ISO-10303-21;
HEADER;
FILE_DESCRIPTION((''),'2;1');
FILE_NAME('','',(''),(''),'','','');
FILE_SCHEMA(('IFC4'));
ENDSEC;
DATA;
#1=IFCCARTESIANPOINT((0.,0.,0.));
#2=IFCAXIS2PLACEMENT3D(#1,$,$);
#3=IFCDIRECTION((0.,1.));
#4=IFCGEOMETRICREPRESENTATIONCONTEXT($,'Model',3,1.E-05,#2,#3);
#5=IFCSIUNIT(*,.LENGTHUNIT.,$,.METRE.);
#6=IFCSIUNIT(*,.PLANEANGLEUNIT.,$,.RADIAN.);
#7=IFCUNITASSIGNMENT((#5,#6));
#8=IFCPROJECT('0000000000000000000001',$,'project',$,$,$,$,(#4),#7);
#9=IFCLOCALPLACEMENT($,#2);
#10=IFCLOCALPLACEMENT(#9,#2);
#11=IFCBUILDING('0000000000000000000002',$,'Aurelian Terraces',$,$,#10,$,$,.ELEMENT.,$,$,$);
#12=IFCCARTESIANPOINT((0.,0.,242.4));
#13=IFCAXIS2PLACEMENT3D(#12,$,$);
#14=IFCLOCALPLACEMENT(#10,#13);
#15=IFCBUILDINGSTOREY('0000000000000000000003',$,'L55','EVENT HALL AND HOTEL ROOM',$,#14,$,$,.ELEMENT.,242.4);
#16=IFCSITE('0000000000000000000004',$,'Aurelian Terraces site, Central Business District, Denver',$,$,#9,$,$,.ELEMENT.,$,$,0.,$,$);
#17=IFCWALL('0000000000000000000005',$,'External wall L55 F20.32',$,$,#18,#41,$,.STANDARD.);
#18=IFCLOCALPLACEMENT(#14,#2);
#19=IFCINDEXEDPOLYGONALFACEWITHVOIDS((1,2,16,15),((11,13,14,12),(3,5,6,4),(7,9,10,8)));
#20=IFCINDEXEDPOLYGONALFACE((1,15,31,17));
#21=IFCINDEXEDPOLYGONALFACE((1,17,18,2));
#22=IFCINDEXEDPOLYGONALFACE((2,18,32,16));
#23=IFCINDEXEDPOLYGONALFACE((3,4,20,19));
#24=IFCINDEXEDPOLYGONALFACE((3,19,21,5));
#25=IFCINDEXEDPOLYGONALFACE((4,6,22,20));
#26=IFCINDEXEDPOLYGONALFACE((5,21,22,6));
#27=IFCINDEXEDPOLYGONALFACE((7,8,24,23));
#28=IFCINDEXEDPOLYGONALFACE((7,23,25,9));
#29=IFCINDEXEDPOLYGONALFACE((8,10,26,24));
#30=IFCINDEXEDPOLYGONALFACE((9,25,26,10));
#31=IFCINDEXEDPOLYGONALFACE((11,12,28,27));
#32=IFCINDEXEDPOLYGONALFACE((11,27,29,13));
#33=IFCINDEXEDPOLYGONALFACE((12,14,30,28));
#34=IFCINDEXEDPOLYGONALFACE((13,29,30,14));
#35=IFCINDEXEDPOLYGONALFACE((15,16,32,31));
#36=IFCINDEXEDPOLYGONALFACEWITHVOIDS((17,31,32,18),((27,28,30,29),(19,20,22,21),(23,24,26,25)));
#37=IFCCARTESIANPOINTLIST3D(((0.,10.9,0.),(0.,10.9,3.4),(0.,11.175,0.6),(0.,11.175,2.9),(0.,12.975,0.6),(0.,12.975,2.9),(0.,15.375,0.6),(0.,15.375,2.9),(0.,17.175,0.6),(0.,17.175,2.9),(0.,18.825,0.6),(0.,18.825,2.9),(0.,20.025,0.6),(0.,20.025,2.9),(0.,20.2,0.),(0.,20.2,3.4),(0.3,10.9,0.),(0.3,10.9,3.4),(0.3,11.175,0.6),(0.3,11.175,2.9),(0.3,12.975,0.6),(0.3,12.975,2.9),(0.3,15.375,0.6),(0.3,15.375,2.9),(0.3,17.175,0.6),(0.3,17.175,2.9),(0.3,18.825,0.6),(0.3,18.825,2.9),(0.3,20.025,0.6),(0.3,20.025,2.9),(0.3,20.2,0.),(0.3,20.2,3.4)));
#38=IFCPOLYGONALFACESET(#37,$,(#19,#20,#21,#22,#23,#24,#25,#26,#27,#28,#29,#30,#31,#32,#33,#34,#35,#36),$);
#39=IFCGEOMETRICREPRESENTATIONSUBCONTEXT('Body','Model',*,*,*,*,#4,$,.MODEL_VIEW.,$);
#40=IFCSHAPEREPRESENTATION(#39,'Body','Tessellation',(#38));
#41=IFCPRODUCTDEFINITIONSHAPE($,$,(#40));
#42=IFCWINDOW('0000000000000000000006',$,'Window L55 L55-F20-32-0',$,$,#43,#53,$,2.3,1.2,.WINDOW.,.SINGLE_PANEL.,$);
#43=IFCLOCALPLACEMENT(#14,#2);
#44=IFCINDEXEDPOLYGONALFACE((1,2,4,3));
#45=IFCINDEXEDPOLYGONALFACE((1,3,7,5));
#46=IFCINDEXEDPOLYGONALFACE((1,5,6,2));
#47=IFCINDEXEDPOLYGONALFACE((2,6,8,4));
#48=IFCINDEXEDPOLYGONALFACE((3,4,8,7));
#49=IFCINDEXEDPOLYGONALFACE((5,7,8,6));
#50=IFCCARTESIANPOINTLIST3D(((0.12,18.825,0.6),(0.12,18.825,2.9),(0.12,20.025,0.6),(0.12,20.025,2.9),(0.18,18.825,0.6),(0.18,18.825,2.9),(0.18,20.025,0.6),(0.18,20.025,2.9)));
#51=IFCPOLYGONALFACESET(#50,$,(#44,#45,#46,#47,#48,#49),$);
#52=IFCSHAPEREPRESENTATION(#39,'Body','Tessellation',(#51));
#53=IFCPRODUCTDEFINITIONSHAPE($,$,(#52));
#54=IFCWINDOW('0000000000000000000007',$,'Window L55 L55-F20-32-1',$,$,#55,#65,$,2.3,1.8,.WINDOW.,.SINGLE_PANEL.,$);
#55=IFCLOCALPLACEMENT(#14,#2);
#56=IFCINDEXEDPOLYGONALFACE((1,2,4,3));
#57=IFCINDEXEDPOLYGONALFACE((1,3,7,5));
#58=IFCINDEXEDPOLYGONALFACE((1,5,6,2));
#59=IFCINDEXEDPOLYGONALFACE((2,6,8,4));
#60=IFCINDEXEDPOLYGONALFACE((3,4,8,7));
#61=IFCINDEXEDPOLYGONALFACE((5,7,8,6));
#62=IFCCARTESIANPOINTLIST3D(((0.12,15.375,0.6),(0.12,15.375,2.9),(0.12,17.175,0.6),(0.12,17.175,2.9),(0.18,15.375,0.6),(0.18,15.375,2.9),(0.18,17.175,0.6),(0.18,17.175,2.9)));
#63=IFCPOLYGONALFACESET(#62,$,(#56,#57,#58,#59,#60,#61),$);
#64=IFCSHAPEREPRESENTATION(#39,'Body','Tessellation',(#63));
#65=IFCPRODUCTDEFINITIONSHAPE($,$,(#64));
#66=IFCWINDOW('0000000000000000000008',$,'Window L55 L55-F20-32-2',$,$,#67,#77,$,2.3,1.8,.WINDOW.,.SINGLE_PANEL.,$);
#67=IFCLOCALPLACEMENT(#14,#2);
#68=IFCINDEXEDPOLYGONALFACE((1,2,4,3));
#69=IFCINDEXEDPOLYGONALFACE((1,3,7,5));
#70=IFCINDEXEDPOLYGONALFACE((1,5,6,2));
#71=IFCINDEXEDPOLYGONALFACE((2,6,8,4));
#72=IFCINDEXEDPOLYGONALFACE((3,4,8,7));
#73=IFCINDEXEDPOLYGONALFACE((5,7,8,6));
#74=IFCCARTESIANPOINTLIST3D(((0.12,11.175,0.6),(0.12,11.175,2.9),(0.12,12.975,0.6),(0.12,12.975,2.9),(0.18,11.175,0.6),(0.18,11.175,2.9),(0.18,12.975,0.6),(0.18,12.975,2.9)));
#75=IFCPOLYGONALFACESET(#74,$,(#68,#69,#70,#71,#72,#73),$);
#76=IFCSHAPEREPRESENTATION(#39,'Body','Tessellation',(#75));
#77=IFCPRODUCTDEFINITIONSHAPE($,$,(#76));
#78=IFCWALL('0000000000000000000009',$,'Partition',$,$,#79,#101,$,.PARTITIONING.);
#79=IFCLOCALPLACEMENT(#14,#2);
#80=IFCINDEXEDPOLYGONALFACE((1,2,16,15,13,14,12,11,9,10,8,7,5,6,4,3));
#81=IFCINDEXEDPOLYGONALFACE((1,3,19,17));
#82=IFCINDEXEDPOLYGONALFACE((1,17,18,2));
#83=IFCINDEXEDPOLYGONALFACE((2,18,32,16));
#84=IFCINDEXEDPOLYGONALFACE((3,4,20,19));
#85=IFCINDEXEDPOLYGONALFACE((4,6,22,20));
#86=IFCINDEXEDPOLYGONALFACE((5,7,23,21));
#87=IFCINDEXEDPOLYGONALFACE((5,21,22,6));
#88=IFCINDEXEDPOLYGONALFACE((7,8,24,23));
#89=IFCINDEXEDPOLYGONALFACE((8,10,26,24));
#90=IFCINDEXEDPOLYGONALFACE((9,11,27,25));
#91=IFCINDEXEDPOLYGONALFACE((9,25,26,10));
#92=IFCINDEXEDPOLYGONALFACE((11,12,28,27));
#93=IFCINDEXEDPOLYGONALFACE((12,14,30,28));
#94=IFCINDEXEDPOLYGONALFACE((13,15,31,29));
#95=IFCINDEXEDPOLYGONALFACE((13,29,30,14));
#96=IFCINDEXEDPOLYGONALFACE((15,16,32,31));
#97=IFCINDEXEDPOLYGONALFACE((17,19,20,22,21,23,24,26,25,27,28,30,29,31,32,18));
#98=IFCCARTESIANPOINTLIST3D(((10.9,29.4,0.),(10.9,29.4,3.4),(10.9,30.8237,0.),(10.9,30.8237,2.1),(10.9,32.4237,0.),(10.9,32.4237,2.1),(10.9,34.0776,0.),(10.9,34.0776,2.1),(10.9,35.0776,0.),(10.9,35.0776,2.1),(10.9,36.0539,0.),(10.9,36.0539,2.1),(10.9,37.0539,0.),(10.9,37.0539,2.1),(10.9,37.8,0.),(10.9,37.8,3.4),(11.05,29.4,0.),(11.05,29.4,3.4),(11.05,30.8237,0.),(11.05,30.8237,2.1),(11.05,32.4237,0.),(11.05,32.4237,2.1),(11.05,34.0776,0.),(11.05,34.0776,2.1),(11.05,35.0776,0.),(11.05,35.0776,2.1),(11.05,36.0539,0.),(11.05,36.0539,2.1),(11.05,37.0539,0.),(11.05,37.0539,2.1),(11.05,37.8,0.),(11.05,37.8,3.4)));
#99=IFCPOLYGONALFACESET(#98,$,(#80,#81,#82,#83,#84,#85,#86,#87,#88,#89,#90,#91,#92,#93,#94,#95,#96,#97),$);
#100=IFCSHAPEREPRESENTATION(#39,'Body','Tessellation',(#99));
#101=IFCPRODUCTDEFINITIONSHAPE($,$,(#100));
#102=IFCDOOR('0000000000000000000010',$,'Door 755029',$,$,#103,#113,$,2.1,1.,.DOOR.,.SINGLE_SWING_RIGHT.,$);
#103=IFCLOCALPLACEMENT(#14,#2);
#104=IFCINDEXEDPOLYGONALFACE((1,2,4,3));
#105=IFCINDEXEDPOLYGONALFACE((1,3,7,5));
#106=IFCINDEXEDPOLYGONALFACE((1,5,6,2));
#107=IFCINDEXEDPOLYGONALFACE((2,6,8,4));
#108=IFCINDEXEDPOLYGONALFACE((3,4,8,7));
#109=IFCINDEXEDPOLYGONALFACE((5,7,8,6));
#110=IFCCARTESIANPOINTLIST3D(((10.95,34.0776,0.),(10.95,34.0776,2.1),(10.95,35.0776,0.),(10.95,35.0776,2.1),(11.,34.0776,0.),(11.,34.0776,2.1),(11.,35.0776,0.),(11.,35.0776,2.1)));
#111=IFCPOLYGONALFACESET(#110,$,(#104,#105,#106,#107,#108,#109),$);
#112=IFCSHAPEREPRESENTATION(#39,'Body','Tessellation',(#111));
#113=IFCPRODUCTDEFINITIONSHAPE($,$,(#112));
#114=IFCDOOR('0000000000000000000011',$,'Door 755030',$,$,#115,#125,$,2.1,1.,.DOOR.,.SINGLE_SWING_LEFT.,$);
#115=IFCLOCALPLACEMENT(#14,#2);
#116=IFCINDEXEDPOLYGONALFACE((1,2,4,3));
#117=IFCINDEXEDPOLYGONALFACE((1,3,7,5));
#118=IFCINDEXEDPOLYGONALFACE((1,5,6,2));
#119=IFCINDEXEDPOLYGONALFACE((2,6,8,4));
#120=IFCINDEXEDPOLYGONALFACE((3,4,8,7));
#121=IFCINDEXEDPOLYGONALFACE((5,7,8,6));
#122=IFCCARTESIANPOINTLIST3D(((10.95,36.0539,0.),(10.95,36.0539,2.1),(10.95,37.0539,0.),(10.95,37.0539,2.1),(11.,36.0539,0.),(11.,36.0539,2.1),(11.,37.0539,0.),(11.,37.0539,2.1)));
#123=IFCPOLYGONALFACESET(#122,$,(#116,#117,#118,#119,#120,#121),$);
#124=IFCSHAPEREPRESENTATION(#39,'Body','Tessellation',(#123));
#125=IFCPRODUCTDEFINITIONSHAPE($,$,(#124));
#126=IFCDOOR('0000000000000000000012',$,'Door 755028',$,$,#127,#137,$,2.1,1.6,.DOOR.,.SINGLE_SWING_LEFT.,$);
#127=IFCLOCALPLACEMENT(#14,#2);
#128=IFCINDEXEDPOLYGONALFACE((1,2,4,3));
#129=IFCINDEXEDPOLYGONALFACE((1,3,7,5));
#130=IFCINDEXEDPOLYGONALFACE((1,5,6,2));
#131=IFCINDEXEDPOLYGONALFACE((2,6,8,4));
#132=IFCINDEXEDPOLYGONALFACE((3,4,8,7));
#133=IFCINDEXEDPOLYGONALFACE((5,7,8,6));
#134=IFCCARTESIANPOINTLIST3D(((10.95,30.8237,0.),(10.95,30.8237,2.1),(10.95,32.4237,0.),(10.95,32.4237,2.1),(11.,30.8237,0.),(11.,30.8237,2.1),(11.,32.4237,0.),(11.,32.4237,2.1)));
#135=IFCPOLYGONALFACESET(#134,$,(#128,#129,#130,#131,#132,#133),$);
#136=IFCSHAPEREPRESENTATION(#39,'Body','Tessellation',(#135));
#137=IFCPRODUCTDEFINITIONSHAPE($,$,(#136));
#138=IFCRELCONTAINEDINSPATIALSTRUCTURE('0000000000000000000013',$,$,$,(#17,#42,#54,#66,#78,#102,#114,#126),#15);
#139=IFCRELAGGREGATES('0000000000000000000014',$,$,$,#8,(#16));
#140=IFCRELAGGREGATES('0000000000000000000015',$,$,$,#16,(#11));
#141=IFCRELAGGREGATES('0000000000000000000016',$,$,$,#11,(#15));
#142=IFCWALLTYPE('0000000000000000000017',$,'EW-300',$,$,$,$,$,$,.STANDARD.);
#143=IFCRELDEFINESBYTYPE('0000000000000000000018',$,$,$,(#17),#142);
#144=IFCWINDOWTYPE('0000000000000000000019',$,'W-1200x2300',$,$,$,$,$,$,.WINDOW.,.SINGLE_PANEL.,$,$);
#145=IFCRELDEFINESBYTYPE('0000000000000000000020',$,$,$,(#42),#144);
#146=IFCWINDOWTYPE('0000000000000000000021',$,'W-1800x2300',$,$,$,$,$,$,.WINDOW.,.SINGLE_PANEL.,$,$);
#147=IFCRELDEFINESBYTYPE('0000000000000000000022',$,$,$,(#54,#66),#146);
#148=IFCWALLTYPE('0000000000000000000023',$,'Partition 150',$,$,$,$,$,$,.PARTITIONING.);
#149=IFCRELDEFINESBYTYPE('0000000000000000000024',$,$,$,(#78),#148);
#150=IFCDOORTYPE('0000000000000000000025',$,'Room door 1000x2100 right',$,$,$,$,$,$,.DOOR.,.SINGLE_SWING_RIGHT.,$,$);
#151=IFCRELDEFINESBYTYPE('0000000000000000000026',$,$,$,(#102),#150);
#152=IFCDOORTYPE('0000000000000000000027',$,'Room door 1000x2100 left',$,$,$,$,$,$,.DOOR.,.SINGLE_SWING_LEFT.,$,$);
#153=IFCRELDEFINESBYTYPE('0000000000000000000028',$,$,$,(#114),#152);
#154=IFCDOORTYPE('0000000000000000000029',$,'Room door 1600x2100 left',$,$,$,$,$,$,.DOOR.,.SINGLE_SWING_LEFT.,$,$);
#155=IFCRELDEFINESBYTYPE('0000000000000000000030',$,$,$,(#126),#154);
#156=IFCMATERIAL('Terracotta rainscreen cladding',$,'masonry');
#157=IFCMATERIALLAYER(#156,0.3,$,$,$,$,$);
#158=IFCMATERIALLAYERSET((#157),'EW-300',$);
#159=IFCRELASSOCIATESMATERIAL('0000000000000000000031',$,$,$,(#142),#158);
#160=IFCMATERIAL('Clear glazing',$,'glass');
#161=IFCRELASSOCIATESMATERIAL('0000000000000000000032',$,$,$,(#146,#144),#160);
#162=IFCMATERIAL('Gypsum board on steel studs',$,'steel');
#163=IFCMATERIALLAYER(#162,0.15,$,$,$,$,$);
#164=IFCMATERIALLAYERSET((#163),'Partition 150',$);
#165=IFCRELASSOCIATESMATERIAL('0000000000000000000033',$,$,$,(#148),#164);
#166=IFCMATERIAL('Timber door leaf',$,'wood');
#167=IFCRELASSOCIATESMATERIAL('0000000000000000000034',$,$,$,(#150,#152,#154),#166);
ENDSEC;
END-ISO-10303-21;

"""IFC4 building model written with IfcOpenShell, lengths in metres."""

from ifc_helpers import new_model, si_unit, direction, frame, frame_2d, origin, place, context, subcontext, project, spatial, rectangle, extrude, source, transform, mapped, material, layer, layer_set, type_object, element, fill, save


model = new_model("IFC4")

# Units and contexts
model_context = context("Model", 3, precision=1e-05, world=origin(), true_north=direction((0.0, 1.0)))
body_context = subcontext(model_context, "Body", "Model", "MODEL_VIEW")
ifc_project = project(units=[si_unit("LENGTHUNIT", "METRE"), si_unit("PLANEANGLEUNIT", "RADIAN")], contexts=[model_context])

# Site, building, storey
site_placement = place(None, origin())
site = spatial("IfcSite", under=ifc_project, at=site_placement, Name="Aurelian Terraces site, Central Business District, Denver", CompositionType="ELEMENT", RefElevation=0.0)
building_placement = place(site_placement, origin())
building = spatial("IfcBuilding", under=site, at=building_placement, Name="Aurelian Terraces", CompositionType="ELEMENT")
storey_placement = place(building_placement, frame((0.0, 0.0, 242.4)))
storey = spatial("IfcBuildingStorey", under=building, at=storey_placement, Name="L55", Description="EVENT HALL AND HOTEL ROOM", CompositionType="ELEMENT", Elevation=242.4)

# Shared definitions
ifc_material_1 = material(Name="Clear glazing", Category="glass")
ifc_material_2 = material(Name="Terracotta rainscreen cladding", Category="masonry")
ifc_layer_1 = layer(ifc_material_2, 0.3)
ifc_layer_set_1 = layer_set([ifc_layer_1], Name="EW-300")
wall_type_1 = type_object("IfcWallType", Name="EW-300", PredefinedType="STANDARD", material=ifc_layer_set_1)
shared_shape_1 = source(origin(), body_context, "Body", "SweptSolid", [
    extrude(rectangle(XDim=1.8, YDim=2.3, at=frame_2d((0.9, 1.15))), frame((0.0, 0.16, 0.0), z_axis=(0.0, -1.0, 0.0), x_axis=(1.0, 0.0, 0.0)), (0.0, 0.0, 1.0), 0.32),
])
window_type_1 = type_object("IfcWindowType", Name="W-1800x2300", PartitioningType="SINGLE_PANEL", PredefinedType="WINDOW", material=ifc_material_1)
shared_shape_2 = source(origin(), body_context, "Body", "SweptSolid", [
    extrude(rectangle(XDim=1.8, YDim=2.3, at=frame_2d((0.9, 1.15))), frame((0.0, 0.03, 0.0), z_axis=(0.0, -1.0, 0.0), x_axis=(1.0, 0.0, 0.0)), (0.0, 0.0, 1.0), 0.06),
])

# Wall, openings, windows
shared_shape_3 = source(origin(), body_context, "Body", "SweptSolid", [
    extrude(rectangle(XDim=9.3, YDim=0.3, at=frame_2d((4.65, 0.0))), origin(), (0.0, 0.0, 1.0), 3.4),
])
wall_1_placement = place(storey_placement, frame((0.15, 20.2, 0.0), z_axis=(0.0, 0.0, 1.0), x_axis=(0.0, -1.0, 0.0)))
wall_1 = element("IfcWall", 1, at=wall_1_placement, inside=storey, type_object=wall_type_1, Name="External wall L55 F20.32", PredefinedType="STANDARD", context=body_context, shape_type="MappedRepresentation", body=[
    mapped(shared_shape_3, transform((0.0, 0.0, 0.0), scale=1.0)),
])
shared_shape_4 = source(origin(), body_context, "Body", "SweptSolid", [
    extrude(rectangle(XDim=1.2, YDim=2.3, at=frame_2d((0.6, 1.15))), frame((0.0, 0.16, 0.0), z_axis=(0.0, -1.0, 0.0), x_axis=(1.0, 0.0, 0.0)), (0.0, 0.0, 1.0), 0.32),
])
opening_1_placement = place(wall_1_placement, frame((0.175, 0.0, 0.6)))
opening_1 = element("IfcOpeningElement", 2, at=opening_1_placement, cuts=wall_1, PredefinedType="OPENING", context=body_context, shape_type="MappedRepresentation", body=[
    mapped(shared_shape_4, transform((0.0, 0.0, 0.0), scale=1.0)),
])
opening_2_placement = place(wall_1_placement, frame((3.025, 0.0, 0.6)))
opening_2 = element("IfcOpeningElement", 3, at=opening_2_placement, cuts=wall_1, PredefinedType="OPENING", context=body_context, shape_type="MappedRepresentation", body=[
    mapped(shared_shape_1, transform((0.0, 0.0, 0.0), scale=1.0)),
])
opening_3_placement = place(wall_1_placement, frame((7.225, 0.0, 0.6)))
opening_3 = element("IfcOpeningElement", 4, at=opening_3_placement, cuts=wall_1, PredefinedType="OPENING", context=body_context, shape_type="MappedRepresentation", body=[
    mapped(shared_shape_1, transform((0.0, 0.0, 0.0), scale=1.0)),
])
window_type_2 = type_object("IfcWindowType", Name="W-1200x2300", PartitioningType="SINGLE_PANEL", PredefinedType="WINDOW", material=ifc_material_1)
shared_shape_5 = source(origin(), body_context, "Body", "SweptSolid", [
    extrude(rectangle(XDim=1.2, YDim=2.3, at=frame_2d((0.6, 1.15))), frame((0.0, 0.03, 0.0), z_axis=(0.0, -1.0, 0.0), x_axis=(1.0, 0.0, 0.0)), (0.0, 0.0, 1.0), 0.06),
])
window_1_placement = place(opening_1_placement, origin())
window_1 = element("IfcWindow", 5, at=window_1_placement, inside=storey, type_object=window_type_2, Name="Window L55 L55-F20-32-0", OverallHeight=2.3, OverallWidth=1.2, PartitioningType="SINGLE_PANEL", PredefinedType="WINDOW", context=body_context, shape_type="MappedRepresentation", body=[
    mapped(shared_shape_5, transform((0.0, 0.0, 0.0), scale=1.0)),
])
fill(opening_1, window_1)
window_2_placement = place(opening_2_placement, origin())
window_2 = element("IfcWindow", 6, at=window_2_placement, inside=storey, type_object=window_type_1, Name="Window L55 L55-F20-32-1", OverallHeight=2.3, OverallWidth=1.8, PartitioningType="SINGLE_PANEL", PredefinedType="WINDOW", context=body_context, shape_type="MappedRepresentation", body=[
    mapped(shared_shape_2, transform((0.0, 0.0, 0.0), scale=1.0)),
])
fill(opening_2, window_2)
window_3_placement = place(opening_3_placement, origin())
window_3 = element("IfcWindow", 7, at=window_3_placement, inside=storey, type_object=window_type_1, Name="Window L55 L55-F20-32-2", OverallHeight=2.3, OverallWidth=1.8, PartitioningType="SINGLE_PANEL", PredefinedType="WINDOW", context=body_context, shape_type="MappedRepresentation", body=[
    mapped(shared_shape_2, transform((0.0, 0.0, 0.0), scale=1.0)),
])
fill(opening_3, window_3)

# Wall, openings, doors
ifc_material_3 = material(Name="Gypsum board on steel studs", Category="steel")
ifc_layer_2 = layer(ifc_material_3, 0.15)
ifc_layer_set_2 = layer_set([ifc_layer_2], Name="Partition 150")
wall_type_2 = type_object("IfcWallType", Name="Partition 150", PredefinedType="PARTITIONING", material=ifc_layer_set_2)
shared_shape_6 = source(origin(), body_context, "Body", "SweptSolid", [
    extrude(rectangle(XDim=8.4, YDim=0.15, at=frame_2d((4.2, 0.0))), origin(), (0.0, 0.0, 1.0), 3.4),
])
wall_2_placement = place(storey_placement, frame((10.975, 29.4, 0.0), z_axis=(0.0, 0.0, 1.0), x_axis=(0.0, 1.0, 0.0)))
wall_2 = element("IfcWall", 8, at=wall_2_placement, inside=storey, type_object=wall_type_2, Name="Partition", PredefinedType="PARTITIONING", context=body_context, shape_type="MappedRepresentation", body=[
    mapped(shared_shape_6, transform((0.0, 0.0, 0.0), scale=1.0)),
])
shared_shape_7 = source(origin(), body_context, "Body", "SweptSolid", [
    extrude(rectangle(XDim=1.6, YDim=2.1, at=frame_2d((0.8, 1.05))), frame((0.0, 0.085, 0.0), z_axis=(0.0, -1.0, 0.0), x_axis=(1.0, 0.0, 0.0)), (0.0, 0.0, 1.0), 0.17),
])
opening_4_placement = place(wall_2_placement, frame((1.4237, 0.0, 0.0)))
opening_4 = element("IfcOpeningElement", 9, at=opening_4_placement, cuts=wall_2, PredefinedType="OPENING", context=body_context, shape_type="MappedRepresentation", body=[
    mapped(shared_shape_7, transform((0.0, 0.0, 0.0), scale=1.0)),
])
shared_shape_8 = source(origin(), body_context, "Body", "SweptSolid", [
    extrude(rectangle(XDim=1.0, YDim=2.1, at=frame_2d((0.5, 1.05))), frame((0.0, 0.085, 0.0), z_axis=(0.0, -1.0, 0.0), x_axis=(1.0, 0.0, 0.0)), (0.0, 0.0, 1.0), 0.17),
])
opening_5_placement = place(wall_2_placement, frame((4.6776, 0.0, 0.0)))
opening_5 = element("IfcOpeningElement", 10, at=opening_5_placement, cuts=wall_2, PredefinedType="OPENING", context=body_context, shape_type="MappedRepresentation", body=[
    mapped(shared_shape_8, transform((0.0, 0.0, 0.0), scale=1.0)),
])
opening_6_placement = place(wall_2_placement, frame((6.6539, 0.0, 0.0)))
opening_6 = element("IfcOpeningElement", 11, at=opening_6_placement, cuts=wall_2, PredefinedType="OPENING", context=body_context, shape_type="MappedRepresentation", body=[
    mapped(shared_shape_8, transform((0.0, 0.0, 0.0), scale=1.0)),
])
ifc_material_4 = material(Name="Timber door leaf", Category="wood")
door_type_1 = type_object("IfcDoorType", Name="Room door 1000x2100 right", OperationType="SINGLE_SWING_RIGHT", PredefinedType="DOOR", material=ifc_material_4)
shared_shape_9 = source(origin(), body_context, "Body", "SweptSolid", [
    extrude(rectangle(XDim=1.0, YDim=2.1, at=frame_2d((0.5, 1.05))), frame((0.0, 0.025, 0.0), z_axis=(0.0, -1.0, 0.0), x_axis=(1.0, 0.0, 0.0)), (0.0, 0.0, 1.0), 0.05),
])
door_1_placement = place(opening_5_placement, origin())
door_1 = element("IfcDoor", 12, at=door_1_placement, inside=storey, type_object=door_type_1, Name="Door 755029", OperationType="SINGLE_SWING_RIGHT", OverallHeight=2.1, OverallWidth=1.0, PredefinedType="DOOR", context=body_context, shape_type="MappedRepresentation", body=[
    mapped(shared_shape_9, transform((0.0, 0.0, 0.0), scale=1.0)),
])
fill(opening_5, door_1)
door_type_2 = type_object("IfcDoorType", Name="Room door 1000x2100 left", OperationType="SINGLE_SWING_LEFT", PredefinedType="DOOR", material=ifc_material_4)
door_2_placement = place(opening_6_placement, origin())
door_2 = element("IfcDoor", 13, at=door_2_placement, inside=storey, type_object=door_type_2, Name="Door 755030", OperationType="SINGLE_SWING_LEFT", OverallHeight=2.1, OverallWidth=1.0, PredefinedType="DOOR", context=body_context, shape_type="MappedRepresentation", body=[
    mapped(shared_shape_9, transform((0.0, 0.0, 0.0), scale=1.0)),
])
fill(opening_6, door_2)
door_type_3 = type_object("IfcDoorType", Name="Room door 1600x2100 left", OperationType="SINGLE_SWING_LEFT", PredefinedType="DOOR", material=ifc_material_4)
shared_shape_10 = source(origin(), body_context, "Body", "SweptSolid", [
    extrude(rectangle(XDim=1.6, YDim=2.1, at=frame_2d((0.8, 1.05))), frame((0.0, 0.025, 0.0), z_axis=(0.0, -1.0, 0.0), x_axis=(1.0, 0.0, 0.0)), (0.0, 0.0, 1.0), 0.05),
])
door_3_placement = place(opening_4_placement, origin())
door_3 = element("IfcDoor", 14, at=door_3_placement, inside=storey, type_object=door_type_3, Name="Door 755028", OperationType="SINGLE_SWING_LEFT", OverallHeight=2.1, OverallWidth=1.6, PredefinedType="DOOR", context=body_context, shape_type="MappedRepresentation", body=[
    mapped(shared_shape_10, transform((0.0, 0.0, 0.0), scale=1.0)),
])
fill(opening_4, door_3)

save(model, "model.ifc")
